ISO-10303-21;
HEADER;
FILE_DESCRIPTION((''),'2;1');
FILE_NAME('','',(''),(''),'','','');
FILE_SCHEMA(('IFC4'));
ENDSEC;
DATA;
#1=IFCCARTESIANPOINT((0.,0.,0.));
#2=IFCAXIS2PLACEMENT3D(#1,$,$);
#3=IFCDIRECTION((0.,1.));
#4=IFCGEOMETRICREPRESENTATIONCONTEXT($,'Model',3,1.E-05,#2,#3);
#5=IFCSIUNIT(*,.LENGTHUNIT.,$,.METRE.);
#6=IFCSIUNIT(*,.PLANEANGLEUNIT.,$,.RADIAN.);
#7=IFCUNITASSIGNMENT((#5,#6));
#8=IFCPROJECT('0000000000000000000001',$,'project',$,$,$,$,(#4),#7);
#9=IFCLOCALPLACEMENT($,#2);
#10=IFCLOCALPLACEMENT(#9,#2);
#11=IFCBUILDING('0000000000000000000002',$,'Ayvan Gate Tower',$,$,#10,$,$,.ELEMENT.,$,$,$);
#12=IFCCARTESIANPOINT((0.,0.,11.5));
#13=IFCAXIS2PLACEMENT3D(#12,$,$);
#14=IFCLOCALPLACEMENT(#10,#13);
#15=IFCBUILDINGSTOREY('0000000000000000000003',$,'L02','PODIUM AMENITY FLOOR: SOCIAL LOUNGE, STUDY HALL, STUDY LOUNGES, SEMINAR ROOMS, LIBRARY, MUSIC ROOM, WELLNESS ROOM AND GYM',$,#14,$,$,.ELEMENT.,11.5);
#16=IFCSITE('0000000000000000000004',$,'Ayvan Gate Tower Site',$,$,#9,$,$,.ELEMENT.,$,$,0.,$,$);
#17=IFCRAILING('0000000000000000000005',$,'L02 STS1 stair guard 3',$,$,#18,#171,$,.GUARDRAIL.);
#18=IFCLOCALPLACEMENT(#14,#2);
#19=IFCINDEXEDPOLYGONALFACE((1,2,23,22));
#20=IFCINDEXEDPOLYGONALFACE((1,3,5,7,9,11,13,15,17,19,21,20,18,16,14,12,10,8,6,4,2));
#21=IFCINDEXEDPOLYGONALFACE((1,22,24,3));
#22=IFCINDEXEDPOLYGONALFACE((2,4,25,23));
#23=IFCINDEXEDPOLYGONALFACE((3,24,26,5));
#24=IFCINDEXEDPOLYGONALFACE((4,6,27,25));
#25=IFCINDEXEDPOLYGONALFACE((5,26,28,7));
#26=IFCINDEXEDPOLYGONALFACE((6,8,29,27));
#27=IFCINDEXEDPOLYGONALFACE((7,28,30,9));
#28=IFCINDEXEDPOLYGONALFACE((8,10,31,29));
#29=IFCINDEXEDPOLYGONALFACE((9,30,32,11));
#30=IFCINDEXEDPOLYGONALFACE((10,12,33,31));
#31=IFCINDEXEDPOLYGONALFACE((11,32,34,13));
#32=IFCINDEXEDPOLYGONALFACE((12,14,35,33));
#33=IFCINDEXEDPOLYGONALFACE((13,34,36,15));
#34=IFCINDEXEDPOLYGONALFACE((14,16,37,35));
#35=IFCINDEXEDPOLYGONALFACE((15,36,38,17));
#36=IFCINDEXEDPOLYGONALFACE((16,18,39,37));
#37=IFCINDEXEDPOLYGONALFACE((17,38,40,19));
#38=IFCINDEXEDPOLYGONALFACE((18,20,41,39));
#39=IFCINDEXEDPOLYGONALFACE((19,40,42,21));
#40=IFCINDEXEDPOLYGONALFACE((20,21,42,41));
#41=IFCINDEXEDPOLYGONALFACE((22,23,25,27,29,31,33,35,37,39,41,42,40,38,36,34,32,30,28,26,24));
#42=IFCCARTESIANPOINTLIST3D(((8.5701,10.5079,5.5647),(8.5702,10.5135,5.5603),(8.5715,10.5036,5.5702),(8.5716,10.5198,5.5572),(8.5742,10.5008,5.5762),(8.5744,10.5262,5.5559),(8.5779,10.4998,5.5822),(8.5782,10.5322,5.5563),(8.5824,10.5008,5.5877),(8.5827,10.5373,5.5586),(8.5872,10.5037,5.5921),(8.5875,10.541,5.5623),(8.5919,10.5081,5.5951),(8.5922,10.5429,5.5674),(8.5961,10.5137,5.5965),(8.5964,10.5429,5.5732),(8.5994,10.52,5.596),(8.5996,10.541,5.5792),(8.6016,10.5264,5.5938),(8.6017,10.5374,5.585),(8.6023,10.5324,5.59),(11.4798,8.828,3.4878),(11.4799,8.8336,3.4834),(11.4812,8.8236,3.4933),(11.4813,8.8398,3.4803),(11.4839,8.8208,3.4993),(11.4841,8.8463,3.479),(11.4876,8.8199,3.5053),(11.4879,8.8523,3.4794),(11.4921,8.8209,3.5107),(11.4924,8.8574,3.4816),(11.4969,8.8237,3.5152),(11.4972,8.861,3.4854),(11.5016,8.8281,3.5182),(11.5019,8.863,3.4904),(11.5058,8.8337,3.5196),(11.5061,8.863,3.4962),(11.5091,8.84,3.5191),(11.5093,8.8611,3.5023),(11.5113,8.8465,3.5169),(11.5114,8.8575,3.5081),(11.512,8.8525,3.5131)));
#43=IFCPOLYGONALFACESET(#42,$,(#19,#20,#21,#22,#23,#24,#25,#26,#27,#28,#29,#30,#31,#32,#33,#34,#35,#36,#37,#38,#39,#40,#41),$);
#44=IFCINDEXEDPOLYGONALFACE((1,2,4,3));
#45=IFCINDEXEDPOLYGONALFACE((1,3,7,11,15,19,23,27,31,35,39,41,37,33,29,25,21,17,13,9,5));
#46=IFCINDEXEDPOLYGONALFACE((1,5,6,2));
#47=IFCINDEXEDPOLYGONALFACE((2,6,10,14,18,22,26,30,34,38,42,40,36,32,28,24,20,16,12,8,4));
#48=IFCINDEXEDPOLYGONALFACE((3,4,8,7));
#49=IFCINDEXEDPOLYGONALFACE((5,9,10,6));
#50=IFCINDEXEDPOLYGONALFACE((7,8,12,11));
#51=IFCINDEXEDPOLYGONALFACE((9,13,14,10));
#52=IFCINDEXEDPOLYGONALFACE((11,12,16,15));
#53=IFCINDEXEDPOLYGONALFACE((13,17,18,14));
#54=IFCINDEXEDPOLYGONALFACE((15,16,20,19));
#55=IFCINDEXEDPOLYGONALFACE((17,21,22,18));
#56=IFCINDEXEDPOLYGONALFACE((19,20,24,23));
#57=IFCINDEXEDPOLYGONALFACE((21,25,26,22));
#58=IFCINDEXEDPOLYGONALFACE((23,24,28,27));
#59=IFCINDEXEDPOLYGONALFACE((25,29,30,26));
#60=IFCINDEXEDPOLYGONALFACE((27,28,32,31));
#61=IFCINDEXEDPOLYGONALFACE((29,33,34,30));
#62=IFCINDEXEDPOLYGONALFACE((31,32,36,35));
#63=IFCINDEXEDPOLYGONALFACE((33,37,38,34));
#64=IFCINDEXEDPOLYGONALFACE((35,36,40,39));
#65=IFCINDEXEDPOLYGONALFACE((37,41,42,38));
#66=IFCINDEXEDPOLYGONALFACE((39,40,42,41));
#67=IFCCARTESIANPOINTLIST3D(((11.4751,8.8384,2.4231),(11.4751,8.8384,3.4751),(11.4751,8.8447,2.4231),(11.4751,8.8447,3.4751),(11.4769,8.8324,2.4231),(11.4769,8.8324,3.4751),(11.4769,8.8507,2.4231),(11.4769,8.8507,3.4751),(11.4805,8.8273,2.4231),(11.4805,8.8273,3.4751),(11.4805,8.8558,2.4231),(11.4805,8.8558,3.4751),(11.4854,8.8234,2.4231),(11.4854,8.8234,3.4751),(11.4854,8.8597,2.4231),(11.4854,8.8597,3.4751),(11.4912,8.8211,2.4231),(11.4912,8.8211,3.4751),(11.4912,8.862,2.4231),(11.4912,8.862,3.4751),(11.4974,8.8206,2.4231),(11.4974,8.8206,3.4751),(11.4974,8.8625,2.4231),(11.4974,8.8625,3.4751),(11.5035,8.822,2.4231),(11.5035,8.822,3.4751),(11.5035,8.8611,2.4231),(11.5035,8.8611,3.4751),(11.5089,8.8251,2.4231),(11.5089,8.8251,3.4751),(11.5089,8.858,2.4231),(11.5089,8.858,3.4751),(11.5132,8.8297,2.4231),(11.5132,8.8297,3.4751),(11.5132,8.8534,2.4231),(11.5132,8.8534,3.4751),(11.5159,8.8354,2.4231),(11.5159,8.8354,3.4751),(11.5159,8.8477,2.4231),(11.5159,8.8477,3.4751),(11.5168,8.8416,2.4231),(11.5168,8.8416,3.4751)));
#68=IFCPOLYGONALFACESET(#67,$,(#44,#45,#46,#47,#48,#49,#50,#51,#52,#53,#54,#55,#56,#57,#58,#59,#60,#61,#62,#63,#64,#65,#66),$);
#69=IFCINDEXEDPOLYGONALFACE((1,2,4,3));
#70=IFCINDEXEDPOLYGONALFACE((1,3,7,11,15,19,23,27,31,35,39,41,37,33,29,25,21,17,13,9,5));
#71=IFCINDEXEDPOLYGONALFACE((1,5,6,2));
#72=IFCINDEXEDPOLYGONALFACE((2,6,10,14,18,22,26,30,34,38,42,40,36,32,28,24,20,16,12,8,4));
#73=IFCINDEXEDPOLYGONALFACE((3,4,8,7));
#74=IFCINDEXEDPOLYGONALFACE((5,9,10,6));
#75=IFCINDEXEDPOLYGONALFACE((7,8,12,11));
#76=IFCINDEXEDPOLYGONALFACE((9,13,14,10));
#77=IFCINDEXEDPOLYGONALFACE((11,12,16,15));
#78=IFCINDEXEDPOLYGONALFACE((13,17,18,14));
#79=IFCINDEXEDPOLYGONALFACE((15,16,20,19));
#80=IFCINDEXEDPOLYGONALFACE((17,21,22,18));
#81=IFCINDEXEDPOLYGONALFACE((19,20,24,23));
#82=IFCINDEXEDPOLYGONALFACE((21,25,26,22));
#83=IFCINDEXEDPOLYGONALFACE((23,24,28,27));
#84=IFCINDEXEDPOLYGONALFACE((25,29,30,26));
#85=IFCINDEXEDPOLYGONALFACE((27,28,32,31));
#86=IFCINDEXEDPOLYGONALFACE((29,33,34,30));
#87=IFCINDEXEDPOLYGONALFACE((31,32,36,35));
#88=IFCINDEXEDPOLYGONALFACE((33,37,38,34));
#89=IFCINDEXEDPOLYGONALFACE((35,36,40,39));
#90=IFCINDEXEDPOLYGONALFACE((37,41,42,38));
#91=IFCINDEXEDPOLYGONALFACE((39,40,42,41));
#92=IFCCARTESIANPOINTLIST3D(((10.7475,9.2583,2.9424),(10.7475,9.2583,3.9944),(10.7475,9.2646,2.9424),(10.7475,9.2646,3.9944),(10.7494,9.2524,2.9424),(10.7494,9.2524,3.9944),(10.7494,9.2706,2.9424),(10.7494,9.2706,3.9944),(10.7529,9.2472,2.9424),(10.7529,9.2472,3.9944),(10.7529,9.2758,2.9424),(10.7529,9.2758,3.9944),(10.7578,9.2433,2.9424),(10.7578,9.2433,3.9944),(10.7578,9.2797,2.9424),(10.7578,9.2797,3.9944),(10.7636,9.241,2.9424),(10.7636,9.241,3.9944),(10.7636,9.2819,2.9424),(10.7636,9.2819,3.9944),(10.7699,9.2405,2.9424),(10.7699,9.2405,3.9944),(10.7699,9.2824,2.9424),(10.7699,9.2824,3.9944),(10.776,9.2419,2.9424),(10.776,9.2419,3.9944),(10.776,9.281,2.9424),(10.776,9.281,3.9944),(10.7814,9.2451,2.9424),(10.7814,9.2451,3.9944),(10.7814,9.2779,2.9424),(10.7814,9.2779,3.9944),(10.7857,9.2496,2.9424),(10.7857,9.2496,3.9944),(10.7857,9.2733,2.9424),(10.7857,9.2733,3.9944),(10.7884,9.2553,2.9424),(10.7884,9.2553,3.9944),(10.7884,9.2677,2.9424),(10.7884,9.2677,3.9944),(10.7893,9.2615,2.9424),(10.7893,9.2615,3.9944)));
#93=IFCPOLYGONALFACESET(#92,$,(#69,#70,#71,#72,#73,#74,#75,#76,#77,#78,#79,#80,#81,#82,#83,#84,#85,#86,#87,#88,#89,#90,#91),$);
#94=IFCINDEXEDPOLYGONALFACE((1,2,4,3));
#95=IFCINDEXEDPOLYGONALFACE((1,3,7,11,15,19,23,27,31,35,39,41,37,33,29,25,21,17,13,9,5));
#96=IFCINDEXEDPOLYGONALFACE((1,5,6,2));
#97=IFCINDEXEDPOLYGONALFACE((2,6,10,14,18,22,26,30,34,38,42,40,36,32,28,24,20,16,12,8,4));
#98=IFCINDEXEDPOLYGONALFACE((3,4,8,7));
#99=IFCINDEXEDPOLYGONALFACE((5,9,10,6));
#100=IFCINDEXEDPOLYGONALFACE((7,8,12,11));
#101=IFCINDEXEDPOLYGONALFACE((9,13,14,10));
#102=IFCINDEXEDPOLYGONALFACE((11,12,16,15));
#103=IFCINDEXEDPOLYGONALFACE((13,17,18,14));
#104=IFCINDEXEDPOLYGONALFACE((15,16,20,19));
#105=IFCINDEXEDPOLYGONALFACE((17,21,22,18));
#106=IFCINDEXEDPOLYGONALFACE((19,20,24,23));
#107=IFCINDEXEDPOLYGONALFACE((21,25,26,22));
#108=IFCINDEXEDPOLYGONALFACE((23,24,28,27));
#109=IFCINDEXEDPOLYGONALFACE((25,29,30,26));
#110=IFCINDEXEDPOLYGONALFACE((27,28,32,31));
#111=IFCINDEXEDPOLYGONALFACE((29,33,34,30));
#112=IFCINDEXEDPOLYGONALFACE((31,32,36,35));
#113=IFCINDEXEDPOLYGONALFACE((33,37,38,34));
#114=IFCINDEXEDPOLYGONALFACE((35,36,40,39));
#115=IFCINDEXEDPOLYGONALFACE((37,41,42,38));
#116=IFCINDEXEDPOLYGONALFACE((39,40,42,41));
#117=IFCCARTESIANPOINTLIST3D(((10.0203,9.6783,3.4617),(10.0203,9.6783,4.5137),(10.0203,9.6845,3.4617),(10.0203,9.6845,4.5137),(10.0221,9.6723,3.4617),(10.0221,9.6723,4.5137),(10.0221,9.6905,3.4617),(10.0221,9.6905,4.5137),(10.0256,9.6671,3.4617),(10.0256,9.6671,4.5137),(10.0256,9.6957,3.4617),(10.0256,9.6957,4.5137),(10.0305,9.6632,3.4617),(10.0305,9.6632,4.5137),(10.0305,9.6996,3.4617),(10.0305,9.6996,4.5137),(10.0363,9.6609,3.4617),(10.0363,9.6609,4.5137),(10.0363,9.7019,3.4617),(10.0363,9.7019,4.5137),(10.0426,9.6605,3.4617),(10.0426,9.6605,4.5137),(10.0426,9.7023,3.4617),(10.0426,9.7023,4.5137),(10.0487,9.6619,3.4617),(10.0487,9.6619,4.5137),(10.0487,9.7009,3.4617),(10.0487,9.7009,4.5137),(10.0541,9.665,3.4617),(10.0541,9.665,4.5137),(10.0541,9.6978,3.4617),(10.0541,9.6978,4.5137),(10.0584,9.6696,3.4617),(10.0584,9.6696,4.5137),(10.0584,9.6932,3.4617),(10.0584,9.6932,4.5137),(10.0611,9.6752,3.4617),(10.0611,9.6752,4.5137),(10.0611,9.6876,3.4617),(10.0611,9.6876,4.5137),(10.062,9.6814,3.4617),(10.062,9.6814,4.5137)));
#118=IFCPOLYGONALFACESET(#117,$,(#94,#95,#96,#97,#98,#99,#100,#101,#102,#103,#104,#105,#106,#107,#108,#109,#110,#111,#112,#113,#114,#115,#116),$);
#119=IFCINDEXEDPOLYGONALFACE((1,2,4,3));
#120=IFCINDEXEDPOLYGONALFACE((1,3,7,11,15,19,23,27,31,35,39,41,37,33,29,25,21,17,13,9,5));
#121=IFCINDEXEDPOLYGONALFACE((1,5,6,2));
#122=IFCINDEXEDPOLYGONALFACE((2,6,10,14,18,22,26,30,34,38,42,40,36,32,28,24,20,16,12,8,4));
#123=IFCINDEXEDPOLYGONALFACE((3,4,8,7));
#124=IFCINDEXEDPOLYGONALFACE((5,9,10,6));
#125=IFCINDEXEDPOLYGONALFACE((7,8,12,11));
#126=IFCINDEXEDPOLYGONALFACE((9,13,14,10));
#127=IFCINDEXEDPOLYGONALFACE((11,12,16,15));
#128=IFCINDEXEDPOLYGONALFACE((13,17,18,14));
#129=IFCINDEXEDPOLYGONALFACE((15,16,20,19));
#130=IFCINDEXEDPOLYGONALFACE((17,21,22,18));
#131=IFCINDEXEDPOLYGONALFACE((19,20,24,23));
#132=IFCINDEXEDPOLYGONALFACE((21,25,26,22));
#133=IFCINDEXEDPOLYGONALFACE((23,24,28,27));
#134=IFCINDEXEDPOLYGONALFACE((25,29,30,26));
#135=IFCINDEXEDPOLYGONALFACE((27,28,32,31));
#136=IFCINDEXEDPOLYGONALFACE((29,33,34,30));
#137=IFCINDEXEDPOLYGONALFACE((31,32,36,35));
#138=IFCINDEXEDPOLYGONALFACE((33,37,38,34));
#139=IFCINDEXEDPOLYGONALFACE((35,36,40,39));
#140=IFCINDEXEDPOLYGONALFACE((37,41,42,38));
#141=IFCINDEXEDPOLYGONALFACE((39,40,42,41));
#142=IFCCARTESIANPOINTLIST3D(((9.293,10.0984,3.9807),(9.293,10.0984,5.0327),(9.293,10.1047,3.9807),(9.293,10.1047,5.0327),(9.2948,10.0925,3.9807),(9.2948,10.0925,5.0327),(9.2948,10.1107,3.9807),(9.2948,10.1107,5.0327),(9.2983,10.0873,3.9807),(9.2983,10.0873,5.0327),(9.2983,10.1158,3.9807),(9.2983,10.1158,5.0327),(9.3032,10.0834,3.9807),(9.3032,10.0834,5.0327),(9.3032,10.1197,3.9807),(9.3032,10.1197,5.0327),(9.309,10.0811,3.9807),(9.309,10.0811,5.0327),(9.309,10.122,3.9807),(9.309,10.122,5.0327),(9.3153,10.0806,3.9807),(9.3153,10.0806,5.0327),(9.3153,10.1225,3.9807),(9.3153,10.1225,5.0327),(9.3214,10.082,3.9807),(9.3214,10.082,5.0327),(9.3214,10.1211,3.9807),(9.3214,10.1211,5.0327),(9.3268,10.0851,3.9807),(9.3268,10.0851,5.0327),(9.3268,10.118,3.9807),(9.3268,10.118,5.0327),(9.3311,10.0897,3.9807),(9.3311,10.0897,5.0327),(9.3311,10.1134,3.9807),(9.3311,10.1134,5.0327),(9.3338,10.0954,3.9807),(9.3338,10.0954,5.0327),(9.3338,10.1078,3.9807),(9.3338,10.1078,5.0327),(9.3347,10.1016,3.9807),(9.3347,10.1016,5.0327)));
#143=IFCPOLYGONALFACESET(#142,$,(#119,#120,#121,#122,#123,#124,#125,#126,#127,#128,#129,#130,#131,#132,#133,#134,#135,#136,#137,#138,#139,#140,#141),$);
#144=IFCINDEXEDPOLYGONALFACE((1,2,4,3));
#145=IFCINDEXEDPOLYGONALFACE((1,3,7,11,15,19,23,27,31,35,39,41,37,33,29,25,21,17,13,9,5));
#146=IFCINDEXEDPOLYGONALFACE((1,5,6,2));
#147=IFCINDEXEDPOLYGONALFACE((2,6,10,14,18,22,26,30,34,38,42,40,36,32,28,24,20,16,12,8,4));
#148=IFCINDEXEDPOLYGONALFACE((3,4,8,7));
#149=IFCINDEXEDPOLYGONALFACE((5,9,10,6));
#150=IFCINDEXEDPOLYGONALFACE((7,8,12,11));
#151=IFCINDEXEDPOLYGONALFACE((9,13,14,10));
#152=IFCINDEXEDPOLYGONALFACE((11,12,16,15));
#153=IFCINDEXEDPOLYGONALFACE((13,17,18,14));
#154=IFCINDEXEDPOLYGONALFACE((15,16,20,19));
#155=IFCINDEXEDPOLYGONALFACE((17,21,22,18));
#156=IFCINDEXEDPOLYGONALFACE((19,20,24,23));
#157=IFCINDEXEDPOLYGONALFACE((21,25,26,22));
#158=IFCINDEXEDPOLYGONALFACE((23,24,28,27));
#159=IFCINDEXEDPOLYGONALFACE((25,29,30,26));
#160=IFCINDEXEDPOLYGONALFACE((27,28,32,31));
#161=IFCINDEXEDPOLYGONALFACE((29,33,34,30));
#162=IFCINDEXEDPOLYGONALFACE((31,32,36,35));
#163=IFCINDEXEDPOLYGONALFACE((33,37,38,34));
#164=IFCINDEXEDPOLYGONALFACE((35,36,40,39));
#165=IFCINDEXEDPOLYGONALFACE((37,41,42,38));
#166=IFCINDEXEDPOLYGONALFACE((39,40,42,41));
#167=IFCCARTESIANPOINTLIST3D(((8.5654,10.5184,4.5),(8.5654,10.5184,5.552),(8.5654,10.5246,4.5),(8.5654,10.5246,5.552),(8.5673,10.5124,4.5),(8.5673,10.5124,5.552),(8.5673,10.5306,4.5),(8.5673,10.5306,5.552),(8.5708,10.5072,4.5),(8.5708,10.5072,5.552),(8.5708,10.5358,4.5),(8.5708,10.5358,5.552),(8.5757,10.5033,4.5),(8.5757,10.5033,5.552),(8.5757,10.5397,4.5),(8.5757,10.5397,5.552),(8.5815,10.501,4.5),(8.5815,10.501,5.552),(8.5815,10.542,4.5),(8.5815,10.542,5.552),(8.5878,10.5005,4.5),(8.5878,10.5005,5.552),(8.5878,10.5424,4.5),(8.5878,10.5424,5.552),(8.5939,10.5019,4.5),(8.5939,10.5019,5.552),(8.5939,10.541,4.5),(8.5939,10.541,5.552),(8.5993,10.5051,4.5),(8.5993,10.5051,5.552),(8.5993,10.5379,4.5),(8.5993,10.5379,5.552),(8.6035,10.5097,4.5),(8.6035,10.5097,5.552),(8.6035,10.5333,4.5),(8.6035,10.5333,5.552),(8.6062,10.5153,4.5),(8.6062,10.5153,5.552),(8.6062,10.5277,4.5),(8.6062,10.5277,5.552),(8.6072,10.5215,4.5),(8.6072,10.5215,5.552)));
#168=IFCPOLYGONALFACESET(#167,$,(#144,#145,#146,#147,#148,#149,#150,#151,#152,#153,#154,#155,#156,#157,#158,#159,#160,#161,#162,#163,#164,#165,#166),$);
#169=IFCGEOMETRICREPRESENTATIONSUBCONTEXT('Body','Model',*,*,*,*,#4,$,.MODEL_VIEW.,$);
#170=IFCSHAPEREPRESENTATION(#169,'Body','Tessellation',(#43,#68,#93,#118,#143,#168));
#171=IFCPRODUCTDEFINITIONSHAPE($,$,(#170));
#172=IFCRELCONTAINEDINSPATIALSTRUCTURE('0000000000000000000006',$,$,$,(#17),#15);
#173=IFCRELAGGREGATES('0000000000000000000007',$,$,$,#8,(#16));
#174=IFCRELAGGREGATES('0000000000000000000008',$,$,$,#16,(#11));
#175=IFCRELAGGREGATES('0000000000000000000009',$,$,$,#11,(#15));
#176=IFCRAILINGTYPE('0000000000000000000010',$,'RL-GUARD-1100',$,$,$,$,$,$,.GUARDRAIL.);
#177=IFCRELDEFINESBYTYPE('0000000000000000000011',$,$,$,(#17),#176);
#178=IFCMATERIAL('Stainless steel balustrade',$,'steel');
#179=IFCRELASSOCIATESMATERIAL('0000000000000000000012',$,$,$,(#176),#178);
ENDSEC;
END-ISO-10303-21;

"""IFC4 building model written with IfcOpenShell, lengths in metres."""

from ifc_helpers import new_model, si_unit, direction, frame, origin, origin_2d, place, context, subcontext, project, spatial, circle, extrude, material, type_object, element, save


model = new_model("IFC4")

# Units and contexts
model_context = context("Model", 3, precision=1e-05, world=origin(), true_north=direction((0.0, 1.0)))
body_context = subcontext(model_context, "Body", "Model", "MODEL_VIEW")
ifc_project = project(units=[si_unit("LENGTHUNIT", "METRE"), si_unit("PLANEANGLEUNIT", "RADIAN")], contexts=[model_context])

# Site, building, storey
site_placement = place(None, origin())
site = spatial("IfcSite", under=ifc_project, at=site_placement, Name="Ayvan Gate Tower Site", CompositionType="ELEMENT", RefElevation=0.0)
building_placement = place(site_placement, origin())
building = spatial("IfcBuilding", under=site, at=building_placement, Name="Ayvan Gate Tower", CompositionType="ELEMENT")
storey_placement = place(building_placement, frame((0.0, 0.0, 11.5)))
storey = spatial("IfcBuildingStorey", under=building, at=storey_placement, Name="L02", Description="PODIUM AMENITY FLOOR: SOCIAL LOUNGE, STUDY HALL, STUDY LOUNGES, SEMINAR ROOMS, LIBRARY, MUSIC ROOM, WELLNESS ROOM AND GYM", CompositionType="ELEMENT", Elevation=11.5)

# Railing
ifc_material_1 = material(Name="Stainless steel balustrade", Category="steel")
railing_type_1 = type_object("IfcRailingType", Name="RL-GUARD-1100", PredefinedType="GUARDRAIL", material=ifc_material_1)
railing_1_placement = place(storey_placement, frame((11.4958, 8.8416, 2.4231)))
element("IfcRailing", 1, at=railing_1_placement, inside=storey, type_object=railing_type_1, Name="L02 STS1 stair guard 3", PredefinedType="GUARDRAIL", context=body_context, shape_type="SweptSolid", body=[
    extrude(circle(Radius=0.0239, at=origin_2d()), frame((0.0, 0.0, 1.0762), z_axis=(-0.73664, 0.425308, 0.525809), x_axis=(-0.500008, -0.866021, 0.0)), (0.0, 0.0, 1.0), 3.95),
    extrude(circle(Radius=0.021, at=origin_2d()), origin(), (0.0, 0.0, 1.0), 1.052),
    extrude(circle(Radius=0.021, at=origin_2d()), frame((-0.7275, 0.4199, 0.5193)), (0.0, 0.0, 1.0), 1.052),
    extrude(circle(Radius=0.021, at=origin_2d()), frame((-1.4548, 0.8398, 1.0386)), (0.0, 0.0, 1.0), 1.052),
    extrude(circle(Radius=0.021, at=origin_2d()), frame((-2.1821, 1.26, 1.5576)), (0.0, 0.0, 1.0), 1.052),
    extrude(circle(Radius=0.021, at=origin_2d()), frame((-2.9097, 1.6799, 2.0769)), (0.0, 0.0, 1.0), 1.052),
])

save(model, "model.ifc")
